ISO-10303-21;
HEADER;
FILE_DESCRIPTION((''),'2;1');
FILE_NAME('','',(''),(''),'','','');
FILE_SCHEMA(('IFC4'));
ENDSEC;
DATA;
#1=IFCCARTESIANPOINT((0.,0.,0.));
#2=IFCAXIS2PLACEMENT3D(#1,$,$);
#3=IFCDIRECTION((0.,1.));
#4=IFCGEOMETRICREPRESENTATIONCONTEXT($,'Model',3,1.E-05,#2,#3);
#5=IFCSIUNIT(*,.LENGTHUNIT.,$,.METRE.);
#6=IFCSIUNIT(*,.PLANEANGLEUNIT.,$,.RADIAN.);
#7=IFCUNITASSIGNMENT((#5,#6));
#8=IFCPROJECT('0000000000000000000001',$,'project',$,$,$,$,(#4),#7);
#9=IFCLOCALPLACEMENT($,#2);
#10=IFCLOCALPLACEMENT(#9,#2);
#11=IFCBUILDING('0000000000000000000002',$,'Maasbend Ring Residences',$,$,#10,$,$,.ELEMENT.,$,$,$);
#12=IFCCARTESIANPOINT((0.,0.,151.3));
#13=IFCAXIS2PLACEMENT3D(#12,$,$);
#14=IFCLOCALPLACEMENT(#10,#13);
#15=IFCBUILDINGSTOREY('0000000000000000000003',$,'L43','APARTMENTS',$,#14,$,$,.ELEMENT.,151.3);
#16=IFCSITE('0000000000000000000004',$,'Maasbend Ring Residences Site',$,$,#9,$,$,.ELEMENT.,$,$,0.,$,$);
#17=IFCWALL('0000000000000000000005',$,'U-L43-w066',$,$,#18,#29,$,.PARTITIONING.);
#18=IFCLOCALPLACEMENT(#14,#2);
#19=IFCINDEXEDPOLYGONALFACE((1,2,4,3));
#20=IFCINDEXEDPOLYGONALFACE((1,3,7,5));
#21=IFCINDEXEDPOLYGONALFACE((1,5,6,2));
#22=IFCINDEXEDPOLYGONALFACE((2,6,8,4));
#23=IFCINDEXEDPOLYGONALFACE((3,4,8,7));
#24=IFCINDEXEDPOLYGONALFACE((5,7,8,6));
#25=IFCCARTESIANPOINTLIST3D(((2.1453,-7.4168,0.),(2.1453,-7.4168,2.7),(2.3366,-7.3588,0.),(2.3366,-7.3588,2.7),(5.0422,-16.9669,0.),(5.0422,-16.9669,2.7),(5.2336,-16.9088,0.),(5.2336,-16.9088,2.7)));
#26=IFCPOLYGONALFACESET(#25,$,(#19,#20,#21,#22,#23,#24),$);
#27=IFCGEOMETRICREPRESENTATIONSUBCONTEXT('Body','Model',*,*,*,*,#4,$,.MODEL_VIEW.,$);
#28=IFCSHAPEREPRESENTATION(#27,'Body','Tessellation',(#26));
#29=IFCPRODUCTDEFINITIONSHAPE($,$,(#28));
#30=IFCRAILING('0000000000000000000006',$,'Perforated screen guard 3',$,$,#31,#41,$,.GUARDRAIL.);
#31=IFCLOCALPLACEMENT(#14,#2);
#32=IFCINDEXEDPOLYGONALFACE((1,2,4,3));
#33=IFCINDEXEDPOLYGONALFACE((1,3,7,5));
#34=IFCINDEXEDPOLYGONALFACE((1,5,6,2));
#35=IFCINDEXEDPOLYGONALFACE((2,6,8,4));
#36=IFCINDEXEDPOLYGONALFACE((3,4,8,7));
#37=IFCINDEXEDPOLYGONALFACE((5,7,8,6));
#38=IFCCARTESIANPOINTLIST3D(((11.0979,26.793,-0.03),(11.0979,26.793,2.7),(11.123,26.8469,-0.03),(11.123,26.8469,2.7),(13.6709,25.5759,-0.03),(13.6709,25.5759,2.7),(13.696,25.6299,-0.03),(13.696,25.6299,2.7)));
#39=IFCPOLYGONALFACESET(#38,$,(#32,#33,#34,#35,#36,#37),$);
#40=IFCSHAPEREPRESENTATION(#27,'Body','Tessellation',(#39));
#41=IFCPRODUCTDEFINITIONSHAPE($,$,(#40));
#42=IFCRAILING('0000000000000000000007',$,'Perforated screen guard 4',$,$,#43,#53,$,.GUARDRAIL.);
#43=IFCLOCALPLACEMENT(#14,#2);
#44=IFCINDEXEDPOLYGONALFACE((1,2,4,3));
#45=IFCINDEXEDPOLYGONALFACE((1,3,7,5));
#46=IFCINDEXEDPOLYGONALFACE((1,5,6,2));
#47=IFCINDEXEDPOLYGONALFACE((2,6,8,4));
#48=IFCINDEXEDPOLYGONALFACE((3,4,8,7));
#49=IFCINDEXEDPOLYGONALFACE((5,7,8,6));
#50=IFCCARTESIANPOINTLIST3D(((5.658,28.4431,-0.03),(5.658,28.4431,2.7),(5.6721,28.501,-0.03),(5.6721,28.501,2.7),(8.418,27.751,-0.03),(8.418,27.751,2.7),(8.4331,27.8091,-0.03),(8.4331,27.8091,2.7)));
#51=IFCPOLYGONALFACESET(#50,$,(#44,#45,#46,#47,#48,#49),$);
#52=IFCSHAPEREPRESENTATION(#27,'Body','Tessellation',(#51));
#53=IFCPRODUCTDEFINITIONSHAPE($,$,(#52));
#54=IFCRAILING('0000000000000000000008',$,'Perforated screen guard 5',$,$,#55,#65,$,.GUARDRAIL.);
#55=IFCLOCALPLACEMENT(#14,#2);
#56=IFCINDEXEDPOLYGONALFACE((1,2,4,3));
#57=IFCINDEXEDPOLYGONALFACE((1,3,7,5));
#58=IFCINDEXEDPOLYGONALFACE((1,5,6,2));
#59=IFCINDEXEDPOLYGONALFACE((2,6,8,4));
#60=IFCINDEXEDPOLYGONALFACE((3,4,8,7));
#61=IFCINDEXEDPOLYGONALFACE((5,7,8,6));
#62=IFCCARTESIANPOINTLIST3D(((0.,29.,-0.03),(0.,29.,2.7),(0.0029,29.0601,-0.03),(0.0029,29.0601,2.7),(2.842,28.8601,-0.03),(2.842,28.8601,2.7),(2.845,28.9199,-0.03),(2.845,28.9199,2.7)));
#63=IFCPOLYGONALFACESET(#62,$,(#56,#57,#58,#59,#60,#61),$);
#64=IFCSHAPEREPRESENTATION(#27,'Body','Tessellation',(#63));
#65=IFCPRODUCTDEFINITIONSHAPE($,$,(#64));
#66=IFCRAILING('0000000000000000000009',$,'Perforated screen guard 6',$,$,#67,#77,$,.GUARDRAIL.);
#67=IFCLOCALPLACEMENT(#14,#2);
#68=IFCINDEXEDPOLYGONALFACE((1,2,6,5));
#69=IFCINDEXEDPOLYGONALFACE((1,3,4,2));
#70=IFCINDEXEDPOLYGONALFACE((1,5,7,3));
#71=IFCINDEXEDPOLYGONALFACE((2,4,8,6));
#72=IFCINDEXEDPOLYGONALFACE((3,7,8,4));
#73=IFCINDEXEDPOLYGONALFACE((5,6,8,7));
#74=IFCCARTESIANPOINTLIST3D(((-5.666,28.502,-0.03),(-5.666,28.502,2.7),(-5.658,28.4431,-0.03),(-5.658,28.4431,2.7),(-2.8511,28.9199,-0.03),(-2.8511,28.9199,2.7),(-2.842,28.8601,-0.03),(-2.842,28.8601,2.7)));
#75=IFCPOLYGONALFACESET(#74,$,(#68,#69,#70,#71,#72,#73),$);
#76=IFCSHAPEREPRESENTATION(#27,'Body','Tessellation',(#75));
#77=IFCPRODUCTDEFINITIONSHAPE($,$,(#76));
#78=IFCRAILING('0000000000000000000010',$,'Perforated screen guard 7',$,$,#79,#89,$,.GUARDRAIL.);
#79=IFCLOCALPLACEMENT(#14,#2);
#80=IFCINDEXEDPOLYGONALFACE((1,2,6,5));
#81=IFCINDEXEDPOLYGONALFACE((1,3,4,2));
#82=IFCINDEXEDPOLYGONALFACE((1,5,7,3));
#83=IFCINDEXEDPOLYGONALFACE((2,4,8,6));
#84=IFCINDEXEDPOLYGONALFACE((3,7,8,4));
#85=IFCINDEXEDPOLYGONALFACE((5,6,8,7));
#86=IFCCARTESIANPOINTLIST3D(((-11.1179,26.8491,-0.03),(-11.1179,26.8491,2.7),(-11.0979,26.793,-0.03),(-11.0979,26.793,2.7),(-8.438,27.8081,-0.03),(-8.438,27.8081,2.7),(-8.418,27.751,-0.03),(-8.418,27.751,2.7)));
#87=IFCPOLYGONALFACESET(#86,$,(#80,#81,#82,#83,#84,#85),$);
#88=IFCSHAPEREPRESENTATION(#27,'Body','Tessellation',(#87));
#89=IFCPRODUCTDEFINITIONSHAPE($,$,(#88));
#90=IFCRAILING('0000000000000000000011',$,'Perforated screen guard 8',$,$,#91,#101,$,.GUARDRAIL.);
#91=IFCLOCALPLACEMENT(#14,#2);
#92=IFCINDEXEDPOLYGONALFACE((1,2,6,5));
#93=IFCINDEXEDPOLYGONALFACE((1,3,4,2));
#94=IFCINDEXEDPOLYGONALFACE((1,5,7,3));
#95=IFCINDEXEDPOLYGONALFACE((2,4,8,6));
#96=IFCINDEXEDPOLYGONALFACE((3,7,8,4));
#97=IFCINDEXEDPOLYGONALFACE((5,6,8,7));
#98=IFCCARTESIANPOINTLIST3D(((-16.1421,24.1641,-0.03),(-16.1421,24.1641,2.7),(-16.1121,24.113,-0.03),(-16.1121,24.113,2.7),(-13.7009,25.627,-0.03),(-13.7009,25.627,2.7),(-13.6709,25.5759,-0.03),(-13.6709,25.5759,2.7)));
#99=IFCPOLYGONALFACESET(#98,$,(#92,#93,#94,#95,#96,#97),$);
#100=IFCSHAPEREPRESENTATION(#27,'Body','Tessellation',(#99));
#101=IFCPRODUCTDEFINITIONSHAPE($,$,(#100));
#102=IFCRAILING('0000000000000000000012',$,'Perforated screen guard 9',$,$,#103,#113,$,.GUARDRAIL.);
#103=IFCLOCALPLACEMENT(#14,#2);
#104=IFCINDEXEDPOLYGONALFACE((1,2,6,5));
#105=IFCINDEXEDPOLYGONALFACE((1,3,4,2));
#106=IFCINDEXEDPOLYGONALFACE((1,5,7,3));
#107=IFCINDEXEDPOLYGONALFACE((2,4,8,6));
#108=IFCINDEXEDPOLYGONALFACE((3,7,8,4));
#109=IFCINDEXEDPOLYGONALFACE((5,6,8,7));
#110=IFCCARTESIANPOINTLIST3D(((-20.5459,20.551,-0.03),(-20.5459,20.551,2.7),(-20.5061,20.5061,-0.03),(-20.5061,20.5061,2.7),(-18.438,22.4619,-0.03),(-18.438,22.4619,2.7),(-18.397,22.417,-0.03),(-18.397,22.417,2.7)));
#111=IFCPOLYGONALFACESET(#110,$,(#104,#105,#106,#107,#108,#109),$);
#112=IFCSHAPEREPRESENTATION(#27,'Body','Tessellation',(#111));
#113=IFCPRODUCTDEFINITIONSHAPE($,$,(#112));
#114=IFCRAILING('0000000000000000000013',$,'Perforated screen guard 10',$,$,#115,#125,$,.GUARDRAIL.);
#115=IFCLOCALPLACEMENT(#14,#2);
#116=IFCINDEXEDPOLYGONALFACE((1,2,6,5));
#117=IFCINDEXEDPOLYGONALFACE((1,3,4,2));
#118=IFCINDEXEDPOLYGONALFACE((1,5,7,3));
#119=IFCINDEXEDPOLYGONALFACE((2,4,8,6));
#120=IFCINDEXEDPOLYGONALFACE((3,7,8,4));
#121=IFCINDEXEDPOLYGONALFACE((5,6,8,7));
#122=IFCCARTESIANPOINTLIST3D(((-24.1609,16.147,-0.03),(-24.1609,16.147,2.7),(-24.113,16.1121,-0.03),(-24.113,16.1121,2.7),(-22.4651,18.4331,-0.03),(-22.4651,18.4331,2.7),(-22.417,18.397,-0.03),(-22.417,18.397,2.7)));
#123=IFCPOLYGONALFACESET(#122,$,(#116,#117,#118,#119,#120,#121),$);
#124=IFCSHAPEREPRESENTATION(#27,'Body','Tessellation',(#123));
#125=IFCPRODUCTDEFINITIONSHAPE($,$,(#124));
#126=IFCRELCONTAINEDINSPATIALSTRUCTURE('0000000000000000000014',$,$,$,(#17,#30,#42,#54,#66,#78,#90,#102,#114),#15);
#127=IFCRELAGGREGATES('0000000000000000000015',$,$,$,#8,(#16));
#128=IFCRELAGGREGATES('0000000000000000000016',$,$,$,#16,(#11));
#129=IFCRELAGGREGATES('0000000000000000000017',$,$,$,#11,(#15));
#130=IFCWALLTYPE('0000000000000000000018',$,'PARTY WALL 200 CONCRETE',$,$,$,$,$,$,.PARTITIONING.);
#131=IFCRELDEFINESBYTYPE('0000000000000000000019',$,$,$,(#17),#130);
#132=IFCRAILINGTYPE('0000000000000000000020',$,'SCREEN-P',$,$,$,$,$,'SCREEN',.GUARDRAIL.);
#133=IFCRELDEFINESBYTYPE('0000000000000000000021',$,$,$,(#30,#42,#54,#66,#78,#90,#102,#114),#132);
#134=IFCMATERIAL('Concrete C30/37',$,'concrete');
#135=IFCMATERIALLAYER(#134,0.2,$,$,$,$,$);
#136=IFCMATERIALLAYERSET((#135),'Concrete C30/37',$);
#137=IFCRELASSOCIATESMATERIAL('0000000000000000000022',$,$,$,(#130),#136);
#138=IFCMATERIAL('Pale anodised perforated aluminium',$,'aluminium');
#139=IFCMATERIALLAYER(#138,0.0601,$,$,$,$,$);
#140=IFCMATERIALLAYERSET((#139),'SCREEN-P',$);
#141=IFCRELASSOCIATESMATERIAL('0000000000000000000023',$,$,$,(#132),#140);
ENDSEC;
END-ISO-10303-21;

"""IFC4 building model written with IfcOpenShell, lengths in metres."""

from ifc_helpers import new_model, si_unit, direction, frame, frame_2d, origin, place, context, subcontext, project, spatial, polyline, rectangle, outline, extrude, material, layer, layer_set, type_object, element, save


model = new_model("IFC4")

# Units and contexts
model_context = context("Model", 3, precision=1e-05, world=origin(), true_north=direction((0.0, 1.0)))
body_context = subcontext(model_context, "Body", "Model", "MODEL_VIEW")
ifc_project = project(units=[si_unit("LENGTHUNIT", "METRE"), si_unit("PLANEANGLEUNIT", "RADIAN")], contexts=[model_context])

# Site, building, storey
site_placement = place(None, origin())
site = spatial("IfcSite", under=ifc_project, at=site_placement, Name="Maasbend Ring Residences Site", CompositionType="ELEMENT", RefElevation=0.0)
building_placement = place(site_placement, origin())
building = spatial("IfcBuilding", under=site, at=building_placement, Name="Maasbend Ring Residences", CompositionType="ELEMENT")
storey_placement = place(building_placement, frame((0.0, 0.0, 151.3)))
storey = spatial("IfcBuildingStorey", under=building, at=storey_placement, Name="L43", Description="APARTMENTS", CompositionType="ELEMENT", Elevation=151.3)

# Wall
ifc_material_1 = material(Name="Concrete C30/37", Category="concrete")
ifc_layer_1 = layer(ifc_material_1, 0.2)
ifc_layer_set_1 = layer_set([ifc_layer_1], Name="Concrete C30/37")
wall_type_1 = type_object("IfcWallType", Name="PARTY WALL 200 CONCRETE", PredefinedType="PARTITIONING", material=ifc_layer_set_1)
wall_1_placement = place(storey_placement, frame((2.241, -7.3879, 0.0), z_axis=(0.0, 0.0, 1.0), x_axis=(0.290284, -0.95694, 0.0)))
element("IfcWall", 1, at=wall_1_placement, inside=storey, type_object=wall_type_1, Name="U-L43-w066", PredefinedType="PARTITIONING", context=body_context, shape_type="SweptSolid", body=[
    extrude(rectangle(XDim=9.9797, YDim=0.2, at=frame_2d((4.9897, 0.0))), origin(), (0.0, 0.0, 1.0), 2.7),
])

# Railings
ifc_material_2 = material(Name="Pale anodised perforated aluminium", Category="aluminium")
ifc_layer_2 = layer(ifc_material_2, 0.0601)
ifc_layer_set_2 = layer_set([ifc_layer_2], Name="SCREEN-P")
railing_type = type_object("IfcRailingType", Name="SCREEN-P", ElementType="SCREEN", PredefinedType="GUARDRAIL", material=ifc_layer_set_2)
railing_1_placement = place(storey_placement, frame((0.0, 0.0, -0.03)))
element("IfcRailing", 2, at=railing_1_placement, inside=storey, type_object=railing_type, Name="Perforated screen guard 3", PredefinedType="GUARDRAIL", context=body_context, shape_type="SweptSolid", body=[
    extrude(outline(polyline([(13.6709, 25.5759), (11.0979, 26.793), (11.123, 26.8469), (13.696, 25.6299), (13.6709, 25.5759)])), origin(), (0.0, 0.0, 1.0), 2.73),
])
railing_2_placement = place(storey_placement, frame((0.0, 0.0, -0.03)))
element("IfcRailing", 3, at=railing_2_placement, inside=storey, type_object=railing_type, Name="Perforated screen guard 4", PredefinedType="GUARDRAIL", context=body_context, shape_type="SweptSolid", body=[
    extrude(outline(polyline([(8.418, 27.751), (5.658, 28.4431), (5.6721, 28.501), (8.4331, 27.8091), (8.418, 27.751)])), origin(), (0.0, 0.0, 1.0), 2.73),
])
railing_3_placement = place(storey_placement, frame((0.0, 0.0, -0.03)))
element("IfcRailing", 4, at=railing_3_placement, inside=storey, type_object=railing_type, Name="Perforated screen guard 5", PredefinedType="GUARDRAIL", context=body_context, shape_type="SweptSolid", body=[
    extrude(outline(polyline([(2.842, 28.8601), (0.0, 29.0), (0.0029, 29.0601), (2.845, 28.9199), (2.842, 28.8601)])), origin(), (0.0, 0.0, 1.0), 2.73),
])
railing_4_placement = place(storey_placement, frame((0.0, 0.0, -0.03)))
element("IfcRailing", 5, at=railing_4_placement, inside=storey, type_object=railing_type, Name="Perforated screen guard 6", PredefinedType="GUARDRAIL", context=body_context, shape_type="SweptSolid", body=[
    extrude(outline(polyline([(-2.842, 28.8601), (-5.658, 28.4431), (-5.666, 28.502), (-2.8511, 28.9199), (-2.842, 28.8601)])), origin(), (0.0, 0.0, 1.0), 2.73),
])
railing_5_placement = place(storey_placement, frame((0.0, 0.0, -0.03)))
element("IfcRailing", 6, at=railing_5_placement, inside=storey, type_object=railing_type, Name="Perforated screen guard 7", PredefinedType="GUARDRAIL", context=body_context, shape_type="SweptSolid", body=[
    extrude(outline(polyline([(-8.418, 27.751), (-11.0979, 26.793), (-11.1179, 26.8491), (-8.438, 27.8081), (-8.418, 27.751)])), origin(), (0.0, 0.0, 1.0), 2.73),
])
railing_6_placement = place(storey_placement, frame((0.0, 0.0, -0.03)))
element("IfcRailing", 7, at=railing_6_placement, inside=storey, type_object=railing_type, Name="Perforated screen guard 8", PredefinedType="GUARDRAIL", context=body_context, shape_type="SweptSolid", body=[
    extrude(outline(polyline([(-13.6709, 25.5759), (-16.1121, 24.113), (-16.1421, 24.1641), (-13.7009, 25.627), (-13.6709, 25.5759)])), origin(), (0.0, 0.0, 1.0), 2.73),
])
railing_7_placement = place(storey_placement, frame((0.0, 0.0, -0.03)))
element("IfcRailing", 8, at=railing_7_placement, inside=storey, type_object=railing_type, Name="Perforated screen guard 9", PredefinedType="GUARDRAIL", context=body_context, shape_type="SweptSolid", body=[
    extrude(outline(polyline([(-18.397, 22.417), (-20.5061, 20.5061), (-20.5459, 20.551), (-18.438, 22.4619), (-18.397, 22.417)])), origin(), (0.0, 0.0, 1.0), 2.73),
])
railing_8_placement = place(storey_placement, frame((0.0, 0.0, -0.03)))
element("IfcRailing", 9, at=railing_8_placement, inside=storey, type_object=railing_type, Name="Perforated screen guard 10", PredefinedType="GUARDRAIL", context=body_context, shape_type="SweptSolid", body=[
    extrude(outline(polyline([(-22.417, 18.397), (-24.113, 16.1121), (-24.1609, 16.147), (-22.4651, 18.4331), (-22.417, 18.397)])), origin(), (0.0, 0.0, 1.0), 2.73),
])

save(model, "model.ifc")
